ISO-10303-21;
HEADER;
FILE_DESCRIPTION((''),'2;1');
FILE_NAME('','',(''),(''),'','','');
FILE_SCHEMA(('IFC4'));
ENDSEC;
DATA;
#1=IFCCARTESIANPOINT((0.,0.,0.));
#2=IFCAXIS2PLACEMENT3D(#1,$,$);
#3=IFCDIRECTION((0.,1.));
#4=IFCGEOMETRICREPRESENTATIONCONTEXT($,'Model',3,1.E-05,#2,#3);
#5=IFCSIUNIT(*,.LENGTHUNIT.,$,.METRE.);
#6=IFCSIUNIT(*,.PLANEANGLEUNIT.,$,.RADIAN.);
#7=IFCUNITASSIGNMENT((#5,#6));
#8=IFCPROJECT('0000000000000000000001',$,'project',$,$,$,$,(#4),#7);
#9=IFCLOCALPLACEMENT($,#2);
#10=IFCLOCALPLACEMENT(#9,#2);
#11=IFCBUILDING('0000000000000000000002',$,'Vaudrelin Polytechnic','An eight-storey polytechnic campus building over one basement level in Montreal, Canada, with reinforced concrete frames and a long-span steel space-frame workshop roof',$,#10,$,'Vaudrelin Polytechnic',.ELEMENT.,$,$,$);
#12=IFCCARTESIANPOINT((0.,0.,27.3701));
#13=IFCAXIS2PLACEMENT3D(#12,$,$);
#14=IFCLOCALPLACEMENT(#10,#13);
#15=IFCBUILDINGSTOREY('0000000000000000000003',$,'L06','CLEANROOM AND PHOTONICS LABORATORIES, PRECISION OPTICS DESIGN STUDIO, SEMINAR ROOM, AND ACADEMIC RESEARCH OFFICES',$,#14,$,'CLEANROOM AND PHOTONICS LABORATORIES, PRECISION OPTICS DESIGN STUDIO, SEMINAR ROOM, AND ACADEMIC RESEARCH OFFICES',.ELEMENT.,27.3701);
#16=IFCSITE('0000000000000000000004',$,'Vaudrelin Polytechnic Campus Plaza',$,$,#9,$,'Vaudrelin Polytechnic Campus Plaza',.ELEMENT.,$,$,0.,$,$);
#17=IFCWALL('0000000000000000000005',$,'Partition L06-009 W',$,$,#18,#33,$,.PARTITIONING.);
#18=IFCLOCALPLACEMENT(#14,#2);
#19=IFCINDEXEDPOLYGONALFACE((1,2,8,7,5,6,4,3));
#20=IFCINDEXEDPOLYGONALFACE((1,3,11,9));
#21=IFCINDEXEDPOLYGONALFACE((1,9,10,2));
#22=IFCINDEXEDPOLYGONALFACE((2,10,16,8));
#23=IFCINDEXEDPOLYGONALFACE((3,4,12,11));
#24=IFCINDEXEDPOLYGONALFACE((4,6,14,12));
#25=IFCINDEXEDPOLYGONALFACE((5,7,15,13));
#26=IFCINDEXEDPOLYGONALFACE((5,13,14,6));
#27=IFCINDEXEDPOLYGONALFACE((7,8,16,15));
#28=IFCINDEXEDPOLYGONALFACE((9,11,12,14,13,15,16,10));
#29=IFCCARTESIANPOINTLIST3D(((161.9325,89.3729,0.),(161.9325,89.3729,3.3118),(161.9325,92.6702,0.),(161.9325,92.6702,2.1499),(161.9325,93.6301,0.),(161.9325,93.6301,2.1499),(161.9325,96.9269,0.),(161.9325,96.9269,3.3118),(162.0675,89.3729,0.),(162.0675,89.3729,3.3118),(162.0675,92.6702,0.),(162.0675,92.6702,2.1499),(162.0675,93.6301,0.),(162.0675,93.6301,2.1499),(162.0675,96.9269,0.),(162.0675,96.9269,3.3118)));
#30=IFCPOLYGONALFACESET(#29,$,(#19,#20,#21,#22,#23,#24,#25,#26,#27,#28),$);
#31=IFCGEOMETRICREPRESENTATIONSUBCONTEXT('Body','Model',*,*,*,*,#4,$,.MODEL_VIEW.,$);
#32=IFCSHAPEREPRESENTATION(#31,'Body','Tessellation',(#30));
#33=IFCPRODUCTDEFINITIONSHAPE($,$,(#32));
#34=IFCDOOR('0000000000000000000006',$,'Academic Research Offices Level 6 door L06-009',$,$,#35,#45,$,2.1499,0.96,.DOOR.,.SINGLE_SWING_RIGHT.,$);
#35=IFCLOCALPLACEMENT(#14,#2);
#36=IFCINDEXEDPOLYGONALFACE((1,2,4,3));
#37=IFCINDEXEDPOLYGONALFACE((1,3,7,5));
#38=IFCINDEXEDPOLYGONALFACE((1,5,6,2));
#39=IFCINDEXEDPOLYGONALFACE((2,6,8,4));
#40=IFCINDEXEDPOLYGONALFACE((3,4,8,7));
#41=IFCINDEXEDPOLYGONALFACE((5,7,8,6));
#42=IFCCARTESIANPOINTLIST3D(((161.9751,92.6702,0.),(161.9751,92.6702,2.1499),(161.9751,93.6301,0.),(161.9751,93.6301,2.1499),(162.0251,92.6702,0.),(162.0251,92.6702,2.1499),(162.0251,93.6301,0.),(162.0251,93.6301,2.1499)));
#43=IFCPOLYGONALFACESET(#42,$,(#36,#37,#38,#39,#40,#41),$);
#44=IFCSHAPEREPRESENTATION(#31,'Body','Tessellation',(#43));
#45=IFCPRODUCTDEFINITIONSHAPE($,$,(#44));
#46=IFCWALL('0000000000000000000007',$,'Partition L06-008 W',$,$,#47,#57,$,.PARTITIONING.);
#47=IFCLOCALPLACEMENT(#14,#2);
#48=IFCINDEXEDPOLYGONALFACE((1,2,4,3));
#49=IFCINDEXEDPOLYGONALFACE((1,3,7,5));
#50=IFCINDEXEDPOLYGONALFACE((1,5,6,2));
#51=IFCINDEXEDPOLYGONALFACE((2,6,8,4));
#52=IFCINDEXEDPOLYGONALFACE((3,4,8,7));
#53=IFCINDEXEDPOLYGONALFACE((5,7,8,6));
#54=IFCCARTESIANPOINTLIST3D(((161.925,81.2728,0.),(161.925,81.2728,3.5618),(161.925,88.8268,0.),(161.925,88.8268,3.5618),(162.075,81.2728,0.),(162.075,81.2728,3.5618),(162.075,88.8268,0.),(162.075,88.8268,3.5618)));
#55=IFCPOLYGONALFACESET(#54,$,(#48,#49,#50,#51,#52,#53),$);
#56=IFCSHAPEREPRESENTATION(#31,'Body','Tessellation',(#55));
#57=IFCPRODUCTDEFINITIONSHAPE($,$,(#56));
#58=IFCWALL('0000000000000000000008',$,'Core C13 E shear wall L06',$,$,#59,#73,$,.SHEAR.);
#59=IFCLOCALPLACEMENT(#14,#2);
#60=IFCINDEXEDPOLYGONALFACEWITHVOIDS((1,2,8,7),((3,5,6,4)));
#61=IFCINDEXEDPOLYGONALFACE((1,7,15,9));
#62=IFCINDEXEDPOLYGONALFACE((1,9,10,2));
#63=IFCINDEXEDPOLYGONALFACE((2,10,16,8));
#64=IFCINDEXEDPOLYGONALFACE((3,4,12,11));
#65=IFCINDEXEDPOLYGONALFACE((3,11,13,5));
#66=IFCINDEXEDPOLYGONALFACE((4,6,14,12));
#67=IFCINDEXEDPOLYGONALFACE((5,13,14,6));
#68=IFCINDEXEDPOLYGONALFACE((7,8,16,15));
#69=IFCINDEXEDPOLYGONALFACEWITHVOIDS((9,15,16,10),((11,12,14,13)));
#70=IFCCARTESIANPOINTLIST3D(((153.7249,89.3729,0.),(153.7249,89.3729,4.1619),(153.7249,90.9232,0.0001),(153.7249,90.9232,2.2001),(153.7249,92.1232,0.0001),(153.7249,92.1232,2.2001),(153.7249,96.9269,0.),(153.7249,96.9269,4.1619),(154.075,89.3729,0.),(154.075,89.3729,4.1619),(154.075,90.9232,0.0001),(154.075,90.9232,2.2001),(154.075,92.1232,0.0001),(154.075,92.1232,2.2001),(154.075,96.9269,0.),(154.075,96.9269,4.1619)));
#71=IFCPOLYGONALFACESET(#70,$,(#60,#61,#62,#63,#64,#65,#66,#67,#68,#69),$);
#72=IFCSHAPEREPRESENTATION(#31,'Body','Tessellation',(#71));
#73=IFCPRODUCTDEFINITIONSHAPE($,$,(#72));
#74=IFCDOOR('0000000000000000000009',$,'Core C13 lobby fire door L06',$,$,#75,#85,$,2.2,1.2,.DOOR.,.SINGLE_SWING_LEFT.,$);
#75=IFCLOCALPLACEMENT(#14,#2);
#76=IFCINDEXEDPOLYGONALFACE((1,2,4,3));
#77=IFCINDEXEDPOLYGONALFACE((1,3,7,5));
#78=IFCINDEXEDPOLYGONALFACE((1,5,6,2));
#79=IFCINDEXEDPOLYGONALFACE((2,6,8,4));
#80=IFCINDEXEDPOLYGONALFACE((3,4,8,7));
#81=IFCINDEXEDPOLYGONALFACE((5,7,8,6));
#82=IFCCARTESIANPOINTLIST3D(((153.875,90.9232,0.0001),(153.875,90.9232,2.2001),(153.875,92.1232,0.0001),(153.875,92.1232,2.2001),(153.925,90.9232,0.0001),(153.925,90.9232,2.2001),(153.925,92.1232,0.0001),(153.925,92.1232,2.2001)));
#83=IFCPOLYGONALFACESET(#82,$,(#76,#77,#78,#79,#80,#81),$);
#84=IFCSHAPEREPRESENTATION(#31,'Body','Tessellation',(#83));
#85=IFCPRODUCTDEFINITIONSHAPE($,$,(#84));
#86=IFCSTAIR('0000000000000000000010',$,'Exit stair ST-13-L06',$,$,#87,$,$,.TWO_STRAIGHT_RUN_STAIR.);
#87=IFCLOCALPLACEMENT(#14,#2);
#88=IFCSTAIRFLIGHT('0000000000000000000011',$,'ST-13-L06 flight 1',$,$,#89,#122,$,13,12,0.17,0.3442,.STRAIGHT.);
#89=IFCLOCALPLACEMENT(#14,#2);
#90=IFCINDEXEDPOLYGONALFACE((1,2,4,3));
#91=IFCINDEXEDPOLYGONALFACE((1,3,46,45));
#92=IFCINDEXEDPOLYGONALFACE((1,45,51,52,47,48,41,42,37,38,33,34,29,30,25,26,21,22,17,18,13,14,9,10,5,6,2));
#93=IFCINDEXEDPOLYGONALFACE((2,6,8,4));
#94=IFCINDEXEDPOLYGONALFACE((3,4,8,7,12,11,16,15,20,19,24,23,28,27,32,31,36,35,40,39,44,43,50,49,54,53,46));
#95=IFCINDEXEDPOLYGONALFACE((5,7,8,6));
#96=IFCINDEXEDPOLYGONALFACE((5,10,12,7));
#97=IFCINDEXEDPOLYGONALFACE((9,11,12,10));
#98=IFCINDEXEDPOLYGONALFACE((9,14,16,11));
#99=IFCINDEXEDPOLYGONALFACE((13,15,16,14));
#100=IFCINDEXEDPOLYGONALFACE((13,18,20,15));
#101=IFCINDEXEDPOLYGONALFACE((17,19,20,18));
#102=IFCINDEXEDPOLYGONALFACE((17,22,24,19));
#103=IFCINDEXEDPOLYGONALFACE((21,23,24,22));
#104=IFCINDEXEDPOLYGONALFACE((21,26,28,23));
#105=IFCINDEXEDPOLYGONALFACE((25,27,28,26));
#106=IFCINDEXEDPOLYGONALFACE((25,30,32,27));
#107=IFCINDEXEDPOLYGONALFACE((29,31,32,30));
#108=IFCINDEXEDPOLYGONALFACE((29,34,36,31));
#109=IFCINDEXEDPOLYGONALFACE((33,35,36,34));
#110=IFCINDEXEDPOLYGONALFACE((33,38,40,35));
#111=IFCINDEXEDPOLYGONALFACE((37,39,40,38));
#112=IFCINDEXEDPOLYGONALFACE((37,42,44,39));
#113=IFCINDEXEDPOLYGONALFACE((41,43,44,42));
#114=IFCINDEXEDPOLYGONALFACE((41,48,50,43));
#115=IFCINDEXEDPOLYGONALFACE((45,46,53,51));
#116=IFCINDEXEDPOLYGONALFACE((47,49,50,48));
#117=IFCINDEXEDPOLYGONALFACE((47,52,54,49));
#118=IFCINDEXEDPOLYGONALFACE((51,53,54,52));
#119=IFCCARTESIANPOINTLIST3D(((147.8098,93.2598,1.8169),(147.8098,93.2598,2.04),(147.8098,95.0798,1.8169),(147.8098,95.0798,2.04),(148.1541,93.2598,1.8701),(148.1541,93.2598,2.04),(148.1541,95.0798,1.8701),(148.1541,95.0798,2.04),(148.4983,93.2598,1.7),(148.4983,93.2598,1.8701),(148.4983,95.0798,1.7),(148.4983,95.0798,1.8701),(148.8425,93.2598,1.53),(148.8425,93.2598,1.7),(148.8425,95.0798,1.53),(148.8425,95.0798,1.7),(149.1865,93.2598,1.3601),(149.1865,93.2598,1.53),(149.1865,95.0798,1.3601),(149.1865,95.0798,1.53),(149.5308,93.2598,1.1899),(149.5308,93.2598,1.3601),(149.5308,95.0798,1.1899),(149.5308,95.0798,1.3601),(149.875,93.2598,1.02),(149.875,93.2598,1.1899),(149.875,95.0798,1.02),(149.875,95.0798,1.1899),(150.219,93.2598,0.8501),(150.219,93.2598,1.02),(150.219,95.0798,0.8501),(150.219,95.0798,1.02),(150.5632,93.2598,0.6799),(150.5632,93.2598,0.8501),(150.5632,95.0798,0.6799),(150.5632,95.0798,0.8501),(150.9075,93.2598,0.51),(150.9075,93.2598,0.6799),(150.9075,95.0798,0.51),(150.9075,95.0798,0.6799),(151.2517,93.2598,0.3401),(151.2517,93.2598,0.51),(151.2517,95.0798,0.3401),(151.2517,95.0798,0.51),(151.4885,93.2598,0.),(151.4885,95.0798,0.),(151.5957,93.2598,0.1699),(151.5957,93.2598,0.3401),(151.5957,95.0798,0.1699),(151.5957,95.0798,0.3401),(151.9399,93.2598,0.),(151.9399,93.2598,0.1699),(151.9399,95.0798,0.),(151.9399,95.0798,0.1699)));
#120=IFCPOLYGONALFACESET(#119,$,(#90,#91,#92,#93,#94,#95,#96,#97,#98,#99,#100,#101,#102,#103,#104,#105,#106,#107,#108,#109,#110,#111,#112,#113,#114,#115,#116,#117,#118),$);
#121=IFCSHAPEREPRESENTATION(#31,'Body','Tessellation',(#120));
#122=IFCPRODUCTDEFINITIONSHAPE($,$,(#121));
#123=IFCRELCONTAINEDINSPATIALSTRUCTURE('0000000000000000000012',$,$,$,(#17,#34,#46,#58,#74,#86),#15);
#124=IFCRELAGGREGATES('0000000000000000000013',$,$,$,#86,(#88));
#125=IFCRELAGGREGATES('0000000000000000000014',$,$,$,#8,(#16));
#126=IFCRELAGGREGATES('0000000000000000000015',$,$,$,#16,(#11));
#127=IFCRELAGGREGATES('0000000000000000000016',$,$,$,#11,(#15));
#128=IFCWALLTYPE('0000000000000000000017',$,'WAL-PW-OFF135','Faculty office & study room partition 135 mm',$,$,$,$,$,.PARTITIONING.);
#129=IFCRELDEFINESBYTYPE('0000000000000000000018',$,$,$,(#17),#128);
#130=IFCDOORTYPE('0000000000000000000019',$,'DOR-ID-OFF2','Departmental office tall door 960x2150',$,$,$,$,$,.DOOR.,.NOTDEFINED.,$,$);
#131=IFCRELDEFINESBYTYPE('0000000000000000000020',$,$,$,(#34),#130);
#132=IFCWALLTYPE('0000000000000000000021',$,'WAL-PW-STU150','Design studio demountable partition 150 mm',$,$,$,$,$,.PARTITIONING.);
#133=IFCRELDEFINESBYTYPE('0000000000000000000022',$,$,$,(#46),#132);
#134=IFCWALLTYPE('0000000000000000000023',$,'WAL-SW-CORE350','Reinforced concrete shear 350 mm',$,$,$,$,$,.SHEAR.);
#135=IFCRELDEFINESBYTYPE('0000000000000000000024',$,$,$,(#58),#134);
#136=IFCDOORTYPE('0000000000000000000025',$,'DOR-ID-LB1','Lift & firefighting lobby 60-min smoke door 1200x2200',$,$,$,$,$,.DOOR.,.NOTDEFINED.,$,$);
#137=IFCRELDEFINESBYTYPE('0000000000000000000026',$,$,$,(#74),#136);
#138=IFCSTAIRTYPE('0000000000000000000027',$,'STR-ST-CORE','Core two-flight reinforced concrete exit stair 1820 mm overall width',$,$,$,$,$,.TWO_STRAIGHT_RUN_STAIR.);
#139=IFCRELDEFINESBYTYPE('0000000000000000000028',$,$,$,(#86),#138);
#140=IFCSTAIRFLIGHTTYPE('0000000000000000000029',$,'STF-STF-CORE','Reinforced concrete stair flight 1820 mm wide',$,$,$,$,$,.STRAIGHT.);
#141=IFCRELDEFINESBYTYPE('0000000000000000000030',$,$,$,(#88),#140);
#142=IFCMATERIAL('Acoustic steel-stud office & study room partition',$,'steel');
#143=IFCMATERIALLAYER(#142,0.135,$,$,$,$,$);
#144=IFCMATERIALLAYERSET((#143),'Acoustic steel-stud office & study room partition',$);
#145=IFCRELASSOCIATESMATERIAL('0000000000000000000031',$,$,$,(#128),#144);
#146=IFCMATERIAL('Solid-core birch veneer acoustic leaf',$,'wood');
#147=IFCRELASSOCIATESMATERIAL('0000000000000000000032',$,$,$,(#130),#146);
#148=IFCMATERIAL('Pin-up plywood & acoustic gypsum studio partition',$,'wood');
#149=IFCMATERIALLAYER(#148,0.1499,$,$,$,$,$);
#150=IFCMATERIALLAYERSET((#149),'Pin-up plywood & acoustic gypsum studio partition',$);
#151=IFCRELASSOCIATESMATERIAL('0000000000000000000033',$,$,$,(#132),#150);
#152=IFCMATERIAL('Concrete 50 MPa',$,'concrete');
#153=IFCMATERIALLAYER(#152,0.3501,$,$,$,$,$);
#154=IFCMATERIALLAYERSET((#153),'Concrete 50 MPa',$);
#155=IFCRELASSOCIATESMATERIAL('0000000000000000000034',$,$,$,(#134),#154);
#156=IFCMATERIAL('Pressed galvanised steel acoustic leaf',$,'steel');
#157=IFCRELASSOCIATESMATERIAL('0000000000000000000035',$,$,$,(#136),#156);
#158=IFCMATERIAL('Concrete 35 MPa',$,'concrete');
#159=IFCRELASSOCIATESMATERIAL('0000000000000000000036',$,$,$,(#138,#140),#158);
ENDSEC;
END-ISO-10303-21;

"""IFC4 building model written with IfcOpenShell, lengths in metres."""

from ifc_helpers import new_model, si_unit, direction, frame, frame_2d, origin, place, context, subcontext, project, spatial, polyline, rectangle, outline, extrude, material, layer, layer_set, type_object, element, fill, aggregate, save


model = new_model("IFC4")

# Units and contexts
model_context = context("Model", 3, precision=1e-05, world=origin(), true_north=direction((0.0, 1.0)))
body_context = subcontext(model_context, "Body", "Model", "MODEL_VIEW")
ifc_project = project(units=[si_unit("LENGTHUNIT", "METRE"), si_unit("PLANEANGLEUNIT", "RADIAN")], contexts=[model_context])

# Site, building, storey
site_placement = place(None, origin())
site = spatial("IfcSite", under=ifc_project, at=site_placement, Name="Vaudrelin Polytechnic Campus Plaza", LongName="Vaudrelin Polytechnic Campus Plaza", CompositionType="ELEMENT", RefElevation=0.0)
building_placement = place(site_placement, origin())
building = spatial("IfcBuilding", under=site, at=building_placement, Name="Vaudrelin Polytechnic", Description="An eight-storey polytechnic campus building over one basement level in Montreal, Canada, with reinforced concrete frames and a long-span steel space-frame workshop roof", LongName="Vaudrelin Polytechnic", CompositionType="ELEMENT")
storey_placement = place(building_placement, frame((0.0, 0.0, 27.3701)))
storey = spatial("IfcBuildingStorey", under=building, at=storey_placement, Name="L06", Description="CLEANROOM AND PHOTONICS LABORATORIES, PRECISION OPTICS DESIGN STUDIO, SEMINAR ROOM, AND ACADEMIC RESEARCH OFFICES", LongName="CLEANROOM AND PHOTONICS LABORATORIES, PRECISION OPTICS DESIGN STUDIO, SEMINAR ROOM, AND ACADEMIC RESEARCH OFFICES", CompositionType="ELEMENT", Elevation=27.3701)

# Shared definitions
ifc_material_1 = material(Name="Pressed galvanised steel acoustic leaf", Category="steel")

# Wall, opening, door
ifc_material_2 = material(Name="Acoustic steel-stud office & study room partition", Category="steel")
ifc_layer_1 = layer(ifc_material_2, 0.135)
ifc_layer_set_1 = layer_set([ifc_layer_1], Name="Acoustic steel-stud office & study room partition")
wall_type_1 = type_object("IfcWallType", Name="WAL-PW-OFF135", Description="Faculty office & study room partition 135 mm", PredefinedType="PARTITIONING", material=ifc_layer_set_1)
wall_1_placement = place(storey_placement, frame((162.0, 89.373, 0.0), z_axis=(0.0, 0.0, 1.0), x_axis=(0.0, 1.0, 0.0)))
wall_1 = element("IfcWall", 1, at=wall_1_placement, inside=storey, type_object=wall_type_1, Name="Partition L06-009 W", PredefinedType="PARTITIONING", context=body_context, shape_type="SweptSolid", body=[
    extrude(rectangle(XDim=7.554, YDim=0.135, at=frame_2d((3.7769, 0.0))), origin(), (0.0, 0.0, 1.0), 3.3118),
])
opening_1_placement = place(wall_1_placement, frame((3.2971, 0.0, 0.0)))
opening_1 = element("IfcOpeningElement", 2, at=opening_1_placement, cuts=wall_1, PredefinedType="OPENING", context=body_context, shape_type="SweptSolid", body=[
    extrude(rectangle(XDim=0.96, YDim=2.1499, at=frame_2d((0.48, 1.075))), frame((0.0, 0.0776, 0.0), z_axis=(0.0, -1.0, 0.0), x_axis=(1.0, 0.0, 0.0)), (0.0, 0.0, 1.0), 0.155),
])
ifc_material_3 = material(Name="Solid-core birch veneer acoustic leaf", Category="wood")
door_type_1 = type_object("IfcDoorType", Name="DOR-ID-OFF2", Description="Departmental office tall door 960x2150", OperationType="NOTDEFINED", PredefinedType="DOOR", material=ifc_material_3)
door_1_placement = place(opening_1_placement, origin())
door_1 = element("IfcDoor", 3, at=door_1_placement, inside=storey, type_object=door_type_1, Name="Academic Research Offices Level 6 door L06-009", OperationType="SINGLE_SWING_RIGHT", OverallHeight=2.1499, OverallWidth=0.96, PredefinedType="DOOR", context=body_context, shape_type="SweptSolid", body=[
    extrude(rectangle(XDim=0.96, YDim=2.1499, at=frame_2d((0.48, 1.075))), frame((0.0, 0.0249, 0.0), z_axis=(0.0, -1.0, 0.0), x_axis=(1.0, 0.0, 0.0)), (0.0, 0.0, 1.0), 0.05),
])
fill(opening_1, door_1)

# Wall
ifc_material_4 = material(Name="Pin-up plywood & acoustic gypsum studio partition", Category="wood")
ifc_layer_2 = layer(ifc_material_4, 0.1499)
ifc_layer_set_2 = layer_set([ifc_layer_2], Name="Pin-up plywood & acoustic gypsum studio partition")
wall_type_2 = type_object("IfcWallType", Name="WAL-PW-STU150", Description="Design studio demountable partition 150 mm", PredefinedType="PARTITIONING", material=ifc_layer_set_2)
wall_2_placement = place(storey_placement, frame((162.0, 81.2729, 0.0), z_axis=(0.0, 0.0, 1.0), x_axis=(0.0, 1.0, 0.0)))
element("IfcWall", 4, at=wall_2_placement, inside=storey, type_object=wall_type_2, Name="Partition L06-008 W", PredefinedType="PARTITIONING", context=body_context, shape_type="SweptSolid", body=[
    extrude(rectangle(XDim=7.554, YDim=0.1499, at=frame_2d((3.7769, 0.0))), origin(), (0.0, 0.0, 1.0), 3.5618),
])

# Wall, opening, door
ifc_material_5 = material(Name="Concrete 50 MPa", Category="concrete")
ifc_layer_3 = layer(ifc_material_5, 0.3501)
ifc_layer_set_3 = layer_set([ifc_layer_3], Name="Concrete 50 MPa")
wall_type_3 = type_object("IfcWallType", Name="WAL-SW-CORE350", Description="Reinforced concrete shear 350 mm", PredefinedType="SHEAR", material=ifc_layer_set_3)
wall_3_placement = place(storey_placement, frame((153.8999, 89.373, 0.0), z_axis=(0.0, 0.0, 1.0), x_axis=(0.0, 1.0, 0.0)))
wall_3 = element("IfcWall", 5, at=wall_3_placement, inside=storey, type_object=wall_type_3, Name="Core C13 E shear wall L06", PredefinedType="SHEAR", context=body_context, shape_type="SweptSolid", body=[
    extrude(rectangle(XDim=7.554, YDim=0.3501, at=frame_2d((3.7769, 0.0))), origin(), (0.0, 0.0, 1.0), 4.1619),
])
opening_2_placement = place(wall_3_placement, frame((1.55, 0.0, 0.0)))
opening_2 = element("IfcOpeningElement", 6, at=opening_2_placement, cuts=wall_3, PredefinedType="OPENING", context=body_context, shape_type="SweptSolid", body=[
    extrude(rectangle(XDim=1.2, YDim=2.2, at=frame_2d((0.6001, 1.1001))), frame((0.0, 0.1851, 0.0), z_axis=(0.0, -1.0, 0.0), x_axis=(1.0, 0.0, 0.0)), (0.0, 0.0, 1.0), 0.3701),
])
door_type_2 = type_object("IfcDoorType", Name="DOR-ID-LB1", Description="Lift & firefighting lobby 60-min smoke door 1200x2200", OperationType="NOTDEFINED", PredefinedType="DOOR", material=ifc_material_1)
door_2_placement = place(opening_2_placement, origin())
door_2 = element("IfcDoor", 7, at=door_2_placement, inside=storey, type_object=door_type_2, Name="Core C13 lobby fire door L06", OperationType="SINGLE_SWING_LEFT", OverallHeight=2.2, OverallWidth=1.2, PredefinedType="DOOR", context=body_context, shape_type="SweptSolid", body=[
    extrude(rectangle(XDim=1.2, YDim=2.2, at=frame_2d((0.6001, 1.1001))), frame((0.0, 0.0249, 0.0), z_axis=(0.0, -1.0, 0.0), x_axis=(1.0, 0.0, 0.0)), (0.0, 0.0, 1.0), 0.05),
])
fill(opening_2, door_2)

# Stair, stair flight
ifc_material_6 = material(Name="Concrete 35 MPa", Category="concrete")
stair_type = type_object("IfcStairType", Name="STR-ST-CORE", Description="Core two-flight reinforced concrete exit stair 1820 mm overall width", PredefinedType="TWO_STRAIGHT_RUN_STAIR", material=ifc_material_6)
stair_placement = place(storey_placement, origin())
stair = element("IfcStair", 8, at=stair_placement, inside=storey, type_object=stair_type, Name="Exit stair ST-13-L06", PredefinedType="TWO_STRAIGHT_RUN_STAIR")
stair_flight_type = type_object("IfcStairFlightType", Name="STF-STF-CORE", Description="Reinforced concrete stair flight 1820 mm wide", PredefinedType="STRAIGHT", material=ifc_material_6)
stair_flight_placement = place(storey_placement, frame((151.9399, 94.1699, 0.0), z_axis=(0.0, 0.0, 1.0), x_axis=(-1.0, 0.0, 0.0)))
stair_flight = element("IfcStairFlight", 9, at=stair_flight_placement, type_object=stair_flight_type, Name="ST-13-L06 flight 1", NumberOfRisers=13, NumberOfTreads=12, PredefinedType="STRAIGHT", RiserHeight=0.17, TreadLength=0.3442, context=body_context, shape_type="SweptSolid", body=[
    extrude(outline(polyline([(0.0, 0.0), (0.0, 0.1699), (0.3442, 0.1699), (0.3442, 0.3401), (0.6882, 0.3401), (0.6882, 0.51), (1.0325, 0.51), (1.0325, 0.6799), (1.3767, 0.6799), (1.3767, 0.8501), (1.7209, 0.8501), (1.7209, 1.02), (2.0649, 1.02), (2.0649, 1.1899), (2.4092, 1.1899), (2.4092, 1.3601), (2.7534, 1.3601), (2.7534, 1.53), (3.0974, 1.53), (3.0974, 1.7), (3.4417, 1.7), (3.4417, 1.8701), (3.7859, 1.8701), (3.7859, 2.04), (4.1301, 2.04), (4.1301, 2.21), (4.1301, 1.8169), (0.4514, 0.0), (0.0, 0.0)])), frame((0.0, 0.9102, 0.0), z_axis=(0.0, -1.0, 0.0), x_axis=(1.0, 0.0, 0.0)), (0.0, 0.0, 1.0), 1.8201),
])
aggregate(stair, [stair_flight])

save(model, "model.ifc")
